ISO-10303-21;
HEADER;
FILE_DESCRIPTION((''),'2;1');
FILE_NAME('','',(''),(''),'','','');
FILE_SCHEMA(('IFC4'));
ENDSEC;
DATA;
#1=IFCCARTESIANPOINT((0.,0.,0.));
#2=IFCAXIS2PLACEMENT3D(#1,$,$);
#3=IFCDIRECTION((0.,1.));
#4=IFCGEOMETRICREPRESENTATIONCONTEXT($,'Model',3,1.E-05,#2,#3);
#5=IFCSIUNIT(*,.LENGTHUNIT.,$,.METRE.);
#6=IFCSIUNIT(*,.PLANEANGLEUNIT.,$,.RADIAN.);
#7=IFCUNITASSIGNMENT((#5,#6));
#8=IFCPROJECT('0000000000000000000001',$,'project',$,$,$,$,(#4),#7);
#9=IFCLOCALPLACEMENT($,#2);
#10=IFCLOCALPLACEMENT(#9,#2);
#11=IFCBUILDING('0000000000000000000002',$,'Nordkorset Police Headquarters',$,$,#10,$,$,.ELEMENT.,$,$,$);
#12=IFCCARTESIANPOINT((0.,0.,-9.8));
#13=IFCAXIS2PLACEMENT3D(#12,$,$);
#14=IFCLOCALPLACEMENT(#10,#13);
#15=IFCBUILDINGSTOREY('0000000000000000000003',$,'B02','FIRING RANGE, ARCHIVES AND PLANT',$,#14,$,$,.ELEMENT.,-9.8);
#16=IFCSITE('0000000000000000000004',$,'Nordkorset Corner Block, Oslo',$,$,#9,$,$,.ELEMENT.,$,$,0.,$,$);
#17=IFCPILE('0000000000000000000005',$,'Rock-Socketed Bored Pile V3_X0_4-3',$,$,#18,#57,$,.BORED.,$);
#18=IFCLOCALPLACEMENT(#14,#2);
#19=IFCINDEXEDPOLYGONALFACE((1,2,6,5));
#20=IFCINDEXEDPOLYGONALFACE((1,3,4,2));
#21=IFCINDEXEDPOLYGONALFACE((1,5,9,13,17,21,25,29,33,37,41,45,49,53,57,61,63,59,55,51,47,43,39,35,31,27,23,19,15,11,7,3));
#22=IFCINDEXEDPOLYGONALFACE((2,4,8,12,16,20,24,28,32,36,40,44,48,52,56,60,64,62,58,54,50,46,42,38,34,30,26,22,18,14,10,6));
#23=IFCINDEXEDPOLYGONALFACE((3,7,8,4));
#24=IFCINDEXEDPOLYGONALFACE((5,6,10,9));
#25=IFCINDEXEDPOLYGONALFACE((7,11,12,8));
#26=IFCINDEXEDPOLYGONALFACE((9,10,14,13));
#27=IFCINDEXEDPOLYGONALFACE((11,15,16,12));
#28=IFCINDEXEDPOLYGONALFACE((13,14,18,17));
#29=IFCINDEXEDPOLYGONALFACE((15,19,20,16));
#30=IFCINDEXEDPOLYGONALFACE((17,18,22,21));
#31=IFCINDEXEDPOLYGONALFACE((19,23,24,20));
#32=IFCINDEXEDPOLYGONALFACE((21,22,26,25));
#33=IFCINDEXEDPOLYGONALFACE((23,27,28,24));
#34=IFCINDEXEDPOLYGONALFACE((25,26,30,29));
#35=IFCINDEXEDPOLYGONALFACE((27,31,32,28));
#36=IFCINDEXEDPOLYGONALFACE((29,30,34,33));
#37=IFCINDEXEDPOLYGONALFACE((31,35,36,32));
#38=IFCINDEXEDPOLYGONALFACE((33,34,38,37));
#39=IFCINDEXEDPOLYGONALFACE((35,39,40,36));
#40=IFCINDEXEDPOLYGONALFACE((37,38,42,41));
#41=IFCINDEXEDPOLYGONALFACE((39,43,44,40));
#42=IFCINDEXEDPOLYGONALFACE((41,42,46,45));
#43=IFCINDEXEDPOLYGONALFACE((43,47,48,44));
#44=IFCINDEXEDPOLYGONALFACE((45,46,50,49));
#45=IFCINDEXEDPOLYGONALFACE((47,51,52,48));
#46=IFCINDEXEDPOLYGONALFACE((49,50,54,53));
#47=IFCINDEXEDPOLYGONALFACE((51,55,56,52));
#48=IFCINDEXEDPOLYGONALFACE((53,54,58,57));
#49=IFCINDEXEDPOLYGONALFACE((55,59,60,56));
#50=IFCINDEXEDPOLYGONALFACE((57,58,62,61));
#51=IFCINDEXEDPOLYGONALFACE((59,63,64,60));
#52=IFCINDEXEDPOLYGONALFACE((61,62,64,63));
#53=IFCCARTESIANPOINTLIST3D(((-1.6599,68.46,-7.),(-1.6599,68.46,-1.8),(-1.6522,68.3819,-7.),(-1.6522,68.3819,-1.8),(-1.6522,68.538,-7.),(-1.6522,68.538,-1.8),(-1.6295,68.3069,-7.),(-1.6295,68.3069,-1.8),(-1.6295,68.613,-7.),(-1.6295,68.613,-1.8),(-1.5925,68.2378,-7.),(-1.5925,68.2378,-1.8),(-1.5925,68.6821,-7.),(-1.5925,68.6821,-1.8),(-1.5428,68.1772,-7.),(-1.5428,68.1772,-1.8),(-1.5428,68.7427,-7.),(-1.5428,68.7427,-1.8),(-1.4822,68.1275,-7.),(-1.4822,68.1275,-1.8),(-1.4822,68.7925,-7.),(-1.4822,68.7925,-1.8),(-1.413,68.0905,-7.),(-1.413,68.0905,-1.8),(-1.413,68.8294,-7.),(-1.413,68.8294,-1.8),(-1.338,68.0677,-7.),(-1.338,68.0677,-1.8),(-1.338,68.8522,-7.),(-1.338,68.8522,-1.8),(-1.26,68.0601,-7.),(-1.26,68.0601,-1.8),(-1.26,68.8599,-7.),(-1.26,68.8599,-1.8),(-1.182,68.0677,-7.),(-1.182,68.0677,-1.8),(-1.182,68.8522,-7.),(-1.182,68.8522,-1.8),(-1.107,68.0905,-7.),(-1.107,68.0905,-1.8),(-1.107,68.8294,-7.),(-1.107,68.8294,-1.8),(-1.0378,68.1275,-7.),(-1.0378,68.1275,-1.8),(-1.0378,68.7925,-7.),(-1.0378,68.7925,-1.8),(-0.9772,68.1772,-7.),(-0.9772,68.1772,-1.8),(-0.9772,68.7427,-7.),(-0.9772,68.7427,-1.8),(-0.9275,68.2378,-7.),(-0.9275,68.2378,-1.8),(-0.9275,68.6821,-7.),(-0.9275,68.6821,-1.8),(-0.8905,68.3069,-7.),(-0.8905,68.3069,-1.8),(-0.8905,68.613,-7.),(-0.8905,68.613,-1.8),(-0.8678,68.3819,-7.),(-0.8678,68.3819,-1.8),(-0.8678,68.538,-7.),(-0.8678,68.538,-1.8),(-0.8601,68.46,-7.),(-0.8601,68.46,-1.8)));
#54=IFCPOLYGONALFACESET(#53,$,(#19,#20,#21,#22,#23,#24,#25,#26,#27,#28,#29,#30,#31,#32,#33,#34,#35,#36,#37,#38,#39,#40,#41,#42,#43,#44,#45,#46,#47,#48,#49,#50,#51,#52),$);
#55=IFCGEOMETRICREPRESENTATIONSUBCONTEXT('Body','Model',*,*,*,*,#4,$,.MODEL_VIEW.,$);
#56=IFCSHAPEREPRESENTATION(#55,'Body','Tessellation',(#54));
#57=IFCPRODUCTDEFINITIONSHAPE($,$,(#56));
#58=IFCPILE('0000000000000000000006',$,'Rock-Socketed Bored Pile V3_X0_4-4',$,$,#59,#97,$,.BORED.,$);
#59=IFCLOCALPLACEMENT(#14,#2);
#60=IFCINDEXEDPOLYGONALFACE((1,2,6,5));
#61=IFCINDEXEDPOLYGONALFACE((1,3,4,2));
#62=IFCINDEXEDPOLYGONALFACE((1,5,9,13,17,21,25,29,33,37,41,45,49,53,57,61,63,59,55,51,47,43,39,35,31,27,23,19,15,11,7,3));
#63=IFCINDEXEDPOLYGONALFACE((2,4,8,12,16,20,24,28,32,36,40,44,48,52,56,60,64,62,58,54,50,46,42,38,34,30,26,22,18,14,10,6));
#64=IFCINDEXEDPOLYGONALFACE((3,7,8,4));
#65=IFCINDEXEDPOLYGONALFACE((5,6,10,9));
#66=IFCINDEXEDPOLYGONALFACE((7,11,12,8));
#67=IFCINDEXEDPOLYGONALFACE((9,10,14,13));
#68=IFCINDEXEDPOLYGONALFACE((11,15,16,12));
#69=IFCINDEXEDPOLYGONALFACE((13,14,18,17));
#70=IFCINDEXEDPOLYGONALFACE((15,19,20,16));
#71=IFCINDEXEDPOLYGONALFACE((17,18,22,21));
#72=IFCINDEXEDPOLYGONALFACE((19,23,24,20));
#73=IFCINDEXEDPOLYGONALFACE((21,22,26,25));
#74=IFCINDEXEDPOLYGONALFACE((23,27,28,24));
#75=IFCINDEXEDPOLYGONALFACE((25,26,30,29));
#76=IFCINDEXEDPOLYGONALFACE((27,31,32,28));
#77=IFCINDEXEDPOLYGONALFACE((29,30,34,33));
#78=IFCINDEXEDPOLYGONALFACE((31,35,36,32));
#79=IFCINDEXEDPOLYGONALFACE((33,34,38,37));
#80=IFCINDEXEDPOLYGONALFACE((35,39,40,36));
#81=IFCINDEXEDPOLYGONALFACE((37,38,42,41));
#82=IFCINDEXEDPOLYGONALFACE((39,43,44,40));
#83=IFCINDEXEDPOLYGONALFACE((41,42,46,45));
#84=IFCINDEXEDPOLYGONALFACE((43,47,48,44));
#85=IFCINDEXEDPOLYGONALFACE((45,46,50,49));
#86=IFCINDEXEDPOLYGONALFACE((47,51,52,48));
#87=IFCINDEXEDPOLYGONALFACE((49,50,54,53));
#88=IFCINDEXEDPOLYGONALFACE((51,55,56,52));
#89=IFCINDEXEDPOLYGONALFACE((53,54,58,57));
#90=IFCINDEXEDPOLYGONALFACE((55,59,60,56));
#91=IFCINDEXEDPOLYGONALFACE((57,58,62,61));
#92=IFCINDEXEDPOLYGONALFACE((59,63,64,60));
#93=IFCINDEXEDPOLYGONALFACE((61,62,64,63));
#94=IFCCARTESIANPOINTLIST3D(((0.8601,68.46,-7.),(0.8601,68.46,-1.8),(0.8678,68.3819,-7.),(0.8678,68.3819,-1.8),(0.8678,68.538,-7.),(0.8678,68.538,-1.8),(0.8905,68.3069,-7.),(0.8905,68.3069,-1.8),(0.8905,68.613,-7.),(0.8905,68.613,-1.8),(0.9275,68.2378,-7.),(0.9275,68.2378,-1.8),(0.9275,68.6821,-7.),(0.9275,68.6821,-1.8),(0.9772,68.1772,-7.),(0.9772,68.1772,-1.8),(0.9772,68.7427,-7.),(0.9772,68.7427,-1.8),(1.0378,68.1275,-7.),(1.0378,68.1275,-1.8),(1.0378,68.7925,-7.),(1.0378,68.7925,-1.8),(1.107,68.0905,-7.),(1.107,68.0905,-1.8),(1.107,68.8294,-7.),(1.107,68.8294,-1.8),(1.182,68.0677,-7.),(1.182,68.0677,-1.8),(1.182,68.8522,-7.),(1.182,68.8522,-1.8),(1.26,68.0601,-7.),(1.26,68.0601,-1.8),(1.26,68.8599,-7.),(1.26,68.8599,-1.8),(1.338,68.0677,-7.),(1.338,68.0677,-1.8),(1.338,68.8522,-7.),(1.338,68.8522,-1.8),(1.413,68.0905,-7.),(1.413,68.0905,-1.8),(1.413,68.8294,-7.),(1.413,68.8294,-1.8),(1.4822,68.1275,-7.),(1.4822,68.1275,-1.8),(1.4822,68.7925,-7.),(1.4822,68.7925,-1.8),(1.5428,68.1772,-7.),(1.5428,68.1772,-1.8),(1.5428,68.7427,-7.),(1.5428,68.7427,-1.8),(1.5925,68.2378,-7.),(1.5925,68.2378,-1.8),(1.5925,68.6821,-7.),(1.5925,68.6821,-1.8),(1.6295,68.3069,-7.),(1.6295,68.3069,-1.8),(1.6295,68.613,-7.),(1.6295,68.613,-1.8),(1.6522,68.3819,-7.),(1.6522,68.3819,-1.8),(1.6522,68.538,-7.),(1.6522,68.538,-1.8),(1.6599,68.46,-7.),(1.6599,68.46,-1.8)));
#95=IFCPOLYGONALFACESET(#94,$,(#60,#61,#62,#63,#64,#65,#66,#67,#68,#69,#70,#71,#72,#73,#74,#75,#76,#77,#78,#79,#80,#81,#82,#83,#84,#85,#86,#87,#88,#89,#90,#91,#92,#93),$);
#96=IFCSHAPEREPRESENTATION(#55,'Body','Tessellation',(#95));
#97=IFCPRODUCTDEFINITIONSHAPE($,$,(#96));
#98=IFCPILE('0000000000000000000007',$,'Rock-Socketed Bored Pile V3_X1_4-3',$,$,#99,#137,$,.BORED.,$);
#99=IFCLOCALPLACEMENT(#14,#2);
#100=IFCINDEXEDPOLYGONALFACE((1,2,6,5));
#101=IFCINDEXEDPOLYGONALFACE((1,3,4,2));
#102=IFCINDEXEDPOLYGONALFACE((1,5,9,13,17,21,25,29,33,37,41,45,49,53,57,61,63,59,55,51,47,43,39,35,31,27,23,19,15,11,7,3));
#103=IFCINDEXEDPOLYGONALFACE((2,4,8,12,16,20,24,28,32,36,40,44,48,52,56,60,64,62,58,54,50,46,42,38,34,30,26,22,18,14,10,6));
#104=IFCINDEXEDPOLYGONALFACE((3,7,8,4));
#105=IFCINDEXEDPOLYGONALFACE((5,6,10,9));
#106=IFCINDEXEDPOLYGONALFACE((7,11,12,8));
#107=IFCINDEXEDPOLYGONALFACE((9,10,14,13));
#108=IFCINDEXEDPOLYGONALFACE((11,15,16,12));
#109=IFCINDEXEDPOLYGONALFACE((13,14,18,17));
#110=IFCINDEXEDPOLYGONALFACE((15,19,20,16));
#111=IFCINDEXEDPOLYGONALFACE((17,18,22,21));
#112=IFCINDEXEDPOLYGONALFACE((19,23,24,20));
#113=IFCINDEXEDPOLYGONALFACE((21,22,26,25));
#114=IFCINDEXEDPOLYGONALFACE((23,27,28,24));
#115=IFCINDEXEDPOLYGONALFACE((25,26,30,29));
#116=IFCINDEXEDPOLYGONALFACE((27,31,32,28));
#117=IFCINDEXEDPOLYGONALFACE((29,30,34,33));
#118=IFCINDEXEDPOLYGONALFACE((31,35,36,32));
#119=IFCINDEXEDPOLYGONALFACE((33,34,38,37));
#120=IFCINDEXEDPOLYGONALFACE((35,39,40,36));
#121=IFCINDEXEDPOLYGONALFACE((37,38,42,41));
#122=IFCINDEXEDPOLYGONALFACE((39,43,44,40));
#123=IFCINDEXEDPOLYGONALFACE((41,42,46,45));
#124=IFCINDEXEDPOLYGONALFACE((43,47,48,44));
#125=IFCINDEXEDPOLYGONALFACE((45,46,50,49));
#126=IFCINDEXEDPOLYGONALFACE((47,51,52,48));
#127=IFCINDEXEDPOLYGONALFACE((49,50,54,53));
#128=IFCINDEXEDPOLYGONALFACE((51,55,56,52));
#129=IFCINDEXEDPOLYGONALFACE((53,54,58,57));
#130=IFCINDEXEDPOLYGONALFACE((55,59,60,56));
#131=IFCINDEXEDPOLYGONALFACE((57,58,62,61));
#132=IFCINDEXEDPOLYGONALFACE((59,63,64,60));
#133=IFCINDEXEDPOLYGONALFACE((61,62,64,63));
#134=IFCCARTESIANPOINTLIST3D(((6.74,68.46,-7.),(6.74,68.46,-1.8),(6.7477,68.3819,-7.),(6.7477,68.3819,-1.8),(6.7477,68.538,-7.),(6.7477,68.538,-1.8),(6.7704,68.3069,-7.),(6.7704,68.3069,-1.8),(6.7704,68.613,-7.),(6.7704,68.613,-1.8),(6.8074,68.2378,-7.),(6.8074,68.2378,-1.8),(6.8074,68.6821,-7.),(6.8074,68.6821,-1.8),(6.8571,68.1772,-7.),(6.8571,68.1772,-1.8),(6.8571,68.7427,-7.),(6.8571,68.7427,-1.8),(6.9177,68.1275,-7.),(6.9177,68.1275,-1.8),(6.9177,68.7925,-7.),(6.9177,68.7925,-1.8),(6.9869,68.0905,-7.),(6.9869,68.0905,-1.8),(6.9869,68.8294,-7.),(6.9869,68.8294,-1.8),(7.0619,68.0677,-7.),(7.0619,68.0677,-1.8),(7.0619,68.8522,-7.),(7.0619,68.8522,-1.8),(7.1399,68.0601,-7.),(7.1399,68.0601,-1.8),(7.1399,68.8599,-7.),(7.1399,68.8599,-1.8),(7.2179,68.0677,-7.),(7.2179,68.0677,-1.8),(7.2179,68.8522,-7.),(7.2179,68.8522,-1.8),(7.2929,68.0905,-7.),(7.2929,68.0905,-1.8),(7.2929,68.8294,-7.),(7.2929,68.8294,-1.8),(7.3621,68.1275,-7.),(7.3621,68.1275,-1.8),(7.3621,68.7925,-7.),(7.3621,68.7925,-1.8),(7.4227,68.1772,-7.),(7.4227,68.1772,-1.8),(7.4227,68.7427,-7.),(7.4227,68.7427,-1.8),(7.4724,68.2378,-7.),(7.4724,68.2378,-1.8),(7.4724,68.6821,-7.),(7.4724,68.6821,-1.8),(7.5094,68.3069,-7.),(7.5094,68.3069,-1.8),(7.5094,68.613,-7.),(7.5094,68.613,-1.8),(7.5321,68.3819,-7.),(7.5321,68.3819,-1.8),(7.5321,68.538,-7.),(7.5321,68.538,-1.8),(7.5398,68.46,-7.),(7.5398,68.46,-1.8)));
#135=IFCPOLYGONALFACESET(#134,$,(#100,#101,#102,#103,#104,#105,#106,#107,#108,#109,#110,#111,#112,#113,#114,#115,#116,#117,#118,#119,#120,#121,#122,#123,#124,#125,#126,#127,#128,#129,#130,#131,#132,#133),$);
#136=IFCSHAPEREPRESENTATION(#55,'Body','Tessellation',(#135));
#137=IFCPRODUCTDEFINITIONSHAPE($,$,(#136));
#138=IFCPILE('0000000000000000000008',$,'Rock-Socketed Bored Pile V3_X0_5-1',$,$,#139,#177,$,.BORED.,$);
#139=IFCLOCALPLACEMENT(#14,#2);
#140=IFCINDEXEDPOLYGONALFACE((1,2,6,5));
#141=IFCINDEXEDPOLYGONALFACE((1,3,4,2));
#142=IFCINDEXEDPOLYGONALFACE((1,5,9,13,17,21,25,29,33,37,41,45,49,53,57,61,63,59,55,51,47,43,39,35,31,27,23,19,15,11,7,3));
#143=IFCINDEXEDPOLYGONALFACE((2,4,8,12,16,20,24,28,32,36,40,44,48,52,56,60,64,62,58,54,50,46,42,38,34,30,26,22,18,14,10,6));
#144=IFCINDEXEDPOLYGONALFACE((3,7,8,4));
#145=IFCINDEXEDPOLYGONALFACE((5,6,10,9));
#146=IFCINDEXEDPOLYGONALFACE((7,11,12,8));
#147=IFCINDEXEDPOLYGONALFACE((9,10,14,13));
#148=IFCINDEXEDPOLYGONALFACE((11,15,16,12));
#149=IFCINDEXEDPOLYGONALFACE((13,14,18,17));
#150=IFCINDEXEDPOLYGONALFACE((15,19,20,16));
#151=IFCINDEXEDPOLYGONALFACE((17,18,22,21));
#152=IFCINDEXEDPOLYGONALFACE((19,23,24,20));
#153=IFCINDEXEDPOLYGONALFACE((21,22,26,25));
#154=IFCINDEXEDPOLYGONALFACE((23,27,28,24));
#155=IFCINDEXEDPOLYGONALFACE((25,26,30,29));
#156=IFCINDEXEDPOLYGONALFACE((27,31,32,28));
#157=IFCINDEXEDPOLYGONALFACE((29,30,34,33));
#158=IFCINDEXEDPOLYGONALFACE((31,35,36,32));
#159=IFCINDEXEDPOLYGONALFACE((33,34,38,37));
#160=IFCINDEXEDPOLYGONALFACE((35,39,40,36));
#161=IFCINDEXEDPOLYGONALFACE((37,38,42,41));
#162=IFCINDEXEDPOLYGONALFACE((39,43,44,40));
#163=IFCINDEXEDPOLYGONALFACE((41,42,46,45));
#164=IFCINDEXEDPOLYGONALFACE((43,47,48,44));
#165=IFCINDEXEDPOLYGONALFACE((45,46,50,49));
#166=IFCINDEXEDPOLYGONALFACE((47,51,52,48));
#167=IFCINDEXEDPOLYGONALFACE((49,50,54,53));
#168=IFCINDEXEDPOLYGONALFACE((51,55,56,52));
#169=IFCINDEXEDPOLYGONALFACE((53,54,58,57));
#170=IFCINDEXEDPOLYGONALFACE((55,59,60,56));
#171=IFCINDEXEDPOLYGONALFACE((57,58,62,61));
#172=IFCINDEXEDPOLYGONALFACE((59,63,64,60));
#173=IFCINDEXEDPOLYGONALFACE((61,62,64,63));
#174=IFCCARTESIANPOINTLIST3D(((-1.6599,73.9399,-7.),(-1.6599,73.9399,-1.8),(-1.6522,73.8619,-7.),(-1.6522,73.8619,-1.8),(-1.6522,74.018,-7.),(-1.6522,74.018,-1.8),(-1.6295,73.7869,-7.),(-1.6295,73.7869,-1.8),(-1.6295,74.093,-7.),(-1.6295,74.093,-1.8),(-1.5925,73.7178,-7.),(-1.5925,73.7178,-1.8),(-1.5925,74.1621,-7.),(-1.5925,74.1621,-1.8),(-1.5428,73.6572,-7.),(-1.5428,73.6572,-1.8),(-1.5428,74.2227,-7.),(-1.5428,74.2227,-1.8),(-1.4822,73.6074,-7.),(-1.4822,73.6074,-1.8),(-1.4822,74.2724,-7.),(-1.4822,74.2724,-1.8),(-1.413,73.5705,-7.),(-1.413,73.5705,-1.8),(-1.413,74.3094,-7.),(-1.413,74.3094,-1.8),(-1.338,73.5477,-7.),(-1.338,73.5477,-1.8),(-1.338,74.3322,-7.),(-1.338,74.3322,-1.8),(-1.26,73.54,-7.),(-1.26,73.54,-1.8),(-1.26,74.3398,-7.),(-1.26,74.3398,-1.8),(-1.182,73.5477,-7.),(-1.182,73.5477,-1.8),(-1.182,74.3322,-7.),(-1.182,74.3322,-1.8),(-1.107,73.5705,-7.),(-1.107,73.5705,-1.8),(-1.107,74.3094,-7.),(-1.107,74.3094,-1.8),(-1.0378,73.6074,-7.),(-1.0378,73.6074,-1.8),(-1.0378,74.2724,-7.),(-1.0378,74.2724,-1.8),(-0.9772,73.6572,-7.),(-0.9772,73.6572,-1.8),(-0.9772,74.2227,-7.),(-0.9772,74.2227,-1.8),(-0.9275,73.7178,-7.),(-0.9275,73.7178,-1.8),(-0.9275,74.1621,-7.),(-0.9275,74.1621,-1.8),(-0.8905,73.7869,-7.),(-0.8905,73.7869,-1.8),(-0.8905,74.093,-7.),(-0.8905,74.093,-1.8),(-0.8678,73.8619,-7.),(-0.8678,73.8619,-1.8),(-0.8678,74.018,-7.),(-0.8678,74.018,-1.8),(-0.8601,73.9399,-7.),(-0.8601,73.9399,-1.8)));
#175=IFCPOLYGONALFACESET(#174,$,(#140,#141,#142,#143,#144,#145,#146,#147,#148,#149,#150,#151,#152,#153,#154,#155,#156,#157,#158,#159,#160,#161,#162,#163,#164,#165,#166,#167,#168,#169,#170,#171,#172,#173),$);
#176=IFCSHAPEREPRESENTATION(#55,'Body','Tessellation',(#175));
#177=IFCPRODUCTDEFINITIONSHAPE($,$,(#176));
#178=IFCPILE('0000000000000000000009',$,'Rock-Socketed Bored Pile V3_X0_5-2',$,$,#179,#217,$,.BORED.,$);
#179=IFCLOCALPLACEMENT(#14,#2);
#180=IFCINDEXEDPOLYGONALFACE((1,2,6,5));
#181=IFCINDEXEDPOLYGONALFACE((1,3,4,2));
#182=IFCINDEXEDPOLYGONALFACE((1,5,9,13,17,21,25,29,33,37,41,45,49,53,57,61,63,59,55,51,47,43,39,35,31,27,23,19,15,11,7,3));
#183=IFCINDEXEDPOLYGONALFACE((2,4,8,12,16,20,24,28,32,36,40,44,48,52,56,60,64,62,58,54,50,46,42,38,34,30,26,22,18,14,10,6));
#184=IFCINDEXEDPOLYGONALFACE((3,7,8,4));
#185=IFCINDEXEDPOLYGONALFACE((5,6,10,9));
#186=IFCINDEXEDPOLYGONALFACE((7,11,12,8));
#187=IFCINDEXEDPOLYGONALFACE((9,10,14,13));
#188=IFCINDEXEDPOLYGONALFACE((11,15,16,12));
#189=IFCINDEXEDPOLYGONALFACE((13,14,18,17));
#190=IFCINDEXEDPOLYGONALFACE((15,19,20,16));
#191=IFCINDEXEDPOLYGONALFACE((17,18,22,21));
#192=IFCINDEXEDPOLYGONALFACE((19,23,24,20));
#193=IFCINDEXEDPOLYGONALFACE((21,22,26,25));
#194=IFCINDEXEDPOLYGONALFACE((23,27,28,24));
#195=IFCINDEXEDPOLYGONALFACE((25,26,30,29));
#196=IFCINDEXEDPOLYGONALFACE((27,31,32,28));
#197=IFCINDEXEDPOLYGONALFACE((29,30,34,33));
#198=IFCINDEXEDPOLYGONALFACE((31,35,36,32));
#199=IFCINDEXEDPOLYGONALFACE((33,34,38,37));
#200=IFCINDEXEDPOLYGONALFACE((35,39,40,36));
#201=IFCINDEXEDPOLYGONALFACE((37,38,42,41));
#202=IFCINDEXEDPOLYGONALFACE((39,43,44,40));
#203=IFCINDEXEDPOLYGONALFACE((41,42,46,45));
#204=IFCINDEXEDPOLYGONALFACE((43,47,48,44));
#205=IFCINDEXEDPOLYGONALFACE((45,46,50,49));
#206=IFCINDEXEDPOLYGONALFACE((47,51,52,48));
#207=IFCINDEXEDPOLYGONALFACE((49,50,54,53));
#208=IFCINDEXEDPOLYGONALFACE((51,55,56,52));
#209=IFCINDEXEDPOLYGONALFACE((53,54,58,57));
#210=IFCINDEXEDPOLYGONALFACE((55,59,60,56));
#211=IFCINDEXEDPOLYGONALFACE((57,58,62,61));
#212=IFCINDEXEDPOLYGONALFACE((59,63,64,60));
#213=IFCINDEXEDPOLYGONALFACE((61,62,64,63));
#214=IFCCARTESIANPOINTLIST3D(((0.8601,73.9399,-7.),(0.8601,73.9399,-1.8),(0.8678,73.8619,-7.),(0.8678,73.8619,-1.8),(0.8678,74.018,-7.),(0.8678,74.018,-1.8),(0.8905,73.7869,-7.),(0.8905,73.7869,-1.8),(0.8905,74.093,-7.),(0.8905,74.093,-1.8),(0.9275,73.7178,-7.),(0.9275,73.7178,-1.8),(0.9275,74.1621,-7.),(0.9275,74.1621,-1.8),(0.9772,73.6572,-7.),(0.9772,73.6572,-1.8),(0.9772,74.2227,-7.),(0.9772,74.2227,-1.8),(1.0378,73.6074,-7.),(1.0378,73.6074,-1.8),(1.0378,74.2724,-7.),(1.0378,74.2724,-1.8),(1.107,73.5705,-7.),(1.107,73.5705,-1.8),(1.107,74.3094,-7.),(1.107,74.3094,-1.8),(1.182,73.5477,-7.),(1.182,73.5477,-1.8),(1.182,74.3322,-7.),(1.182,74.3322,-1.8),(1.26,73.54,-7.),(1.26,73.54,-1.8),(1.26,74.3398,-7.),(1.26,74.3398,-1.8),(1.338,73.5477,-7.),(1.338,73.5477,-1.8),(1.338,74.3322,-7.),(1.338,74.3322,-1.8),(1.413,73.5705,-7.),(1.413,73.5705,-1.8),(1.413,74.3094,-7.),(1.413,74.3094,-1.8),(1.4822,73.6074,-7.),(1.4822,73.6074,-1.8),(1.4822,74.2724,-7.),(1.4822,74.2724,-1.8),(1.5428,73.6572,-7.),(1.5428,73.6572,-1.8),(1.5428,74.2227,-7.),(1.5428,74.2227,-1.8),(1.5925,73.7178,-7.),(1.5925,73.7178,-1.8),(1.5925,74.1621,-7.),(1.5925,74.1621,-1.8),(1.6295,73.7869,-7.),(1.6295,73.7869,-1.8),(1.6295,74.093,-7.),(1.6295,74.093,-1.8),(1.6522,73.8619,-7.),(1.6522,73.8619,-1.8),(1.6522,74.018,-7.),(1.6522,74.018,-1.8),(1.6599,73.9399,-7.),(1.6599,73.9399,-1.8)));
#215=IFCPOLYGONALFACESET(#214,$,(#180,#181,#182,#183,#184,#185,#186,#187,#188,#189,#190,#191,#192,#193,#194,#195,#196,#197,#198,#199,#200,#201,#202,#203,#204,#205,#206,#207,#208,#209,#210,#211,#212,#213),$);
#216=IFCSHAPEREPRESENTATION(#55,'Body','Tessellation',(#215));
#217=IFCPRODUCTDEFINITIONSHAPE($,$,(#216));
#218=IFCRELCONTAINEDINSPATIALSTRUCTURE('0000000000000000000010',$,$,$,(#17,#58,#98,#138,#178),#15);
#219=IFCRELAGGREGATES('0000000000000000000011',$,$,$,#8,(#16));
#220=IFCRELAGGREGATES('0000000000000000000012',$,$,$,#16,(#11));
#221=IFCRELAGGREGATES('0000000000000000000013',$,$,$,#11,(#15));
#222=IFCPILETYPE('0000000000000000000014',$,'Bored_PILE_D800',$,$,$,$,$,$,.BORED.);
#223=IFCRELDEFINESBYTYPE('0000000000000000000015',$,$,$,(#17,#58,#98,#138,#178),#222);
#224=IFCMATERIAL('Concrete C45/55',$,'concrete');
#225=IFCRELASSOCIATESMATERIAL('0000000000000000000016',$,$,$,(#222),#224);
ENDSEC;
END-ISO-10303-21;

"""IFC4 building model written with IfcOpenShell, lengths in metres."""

from ifc_helpers import new_model, si_unit, direction, frame, origin, origin_2d, place, context, subcontext, project, spatial, circle, extrude, material, material_profile, profile_set, type_object, element, save


model = new_model("IFC4")

# Units and contexts
model_context = context("Model", 3, precision=1e-05, world=origin(), true_north=direction((0.0, 1.0)))
body_context = subcontext(model_context, "Body", "Model", "MODEL_VIEW")
ifc_project = project(units=[si_unit("LENGTHUNIT", "METRE"), si_unit("PLANEANGLEUNIT", "RADIAN")], contexts=[model_context])

# Site, building, storey
site_placement = place(None, origin())
site = spatial("IfcSite", under=ifc_project, at=site_placement, Name="Nordkorset Corner Block, Oslo", CompositionType="ELEMENT", RefElevation=0.0)
building_placement = place(site_placement, origin())
building = spatial("IfcBuilding", under=site, at=building_placement, Name="Nordkorset Police Headquarters", CompositionType="ELEMENT")
storey_placement = place(building_placement, frame((0.0, 0.0, -9.8)))
storey = spatial("IfcBuildingStorey", under=building, at=storey_placement, Name="B02", Description="FIRING RANGE, ARCHIVES AND PLANT", CompositionType="ELEMENT", Elevation=-9.8)

# Piles
ifc_material_1 = material(Name="Concrete C45/55", Category="concrete")
ifc_material_profile_1 = material_profile(ifc_material_1, circle(Radius=0.3999, at=origin_2d()), Name="PILE D800")
ifc_profile_set_1 = profile_set([ifc_material_profile_1], Name="Concrete C45/55")
pile_type = type_object("IfcPileType", Name="Bored_PILE_D800", PredefinedType="BORED", material=ifc_profile_set_1)
for number, where, z_axis, x_axis, name in (
    (1, (-1.26, 68.46, -1.8), (0.0, 0.0, -1.0), (1.0, 0.0, 0.0), "Rock-Socketed Bored Pile V3_X0_4-3"),
    (2, (1.26, 68.46, -1.8), (0.0, 0.0, -1.0), (1.0, 0.0, 0.0), "Rock-Socketed Bored Pile V3_X0_4-4"),
    (3, (7.1399, 68.46, -1.8), (0.0, 0.0, -1.0), (1.0, 0.0, 0.0), "Rock-Socketed Bored Pile V3_X1_4-3"),
    (4, (-1.26, 73.9399, -1.8), (0.0, 0.0, -1.0), (1.0, 0.0, 0.0), "Rock-Socketed Bored Pile V3_X0_5-1"),
    (5, (1.26, 73.9399, -1.8), (0.0, 0.0, -1.0), (1.0, 0.0, 0.0), "Rock-Socketed Bored Pile V3_X0_5-2"),
):
    element("IfcPile", number, at=place(storey_placement, frame(where, z_axis=z_axis, x_axis=x_axis)), inside=storey, type_object=pile_type, Name=name, PredefinedType="BORED", context=body_context, shape_type="SweptSolid", body=[
        extrude(circle(Radius=0.3999, at=origin_2d()), origin(), (0.0, 0.0, 1.0), 5.2),
    ])

save(model, "model.ifc")
